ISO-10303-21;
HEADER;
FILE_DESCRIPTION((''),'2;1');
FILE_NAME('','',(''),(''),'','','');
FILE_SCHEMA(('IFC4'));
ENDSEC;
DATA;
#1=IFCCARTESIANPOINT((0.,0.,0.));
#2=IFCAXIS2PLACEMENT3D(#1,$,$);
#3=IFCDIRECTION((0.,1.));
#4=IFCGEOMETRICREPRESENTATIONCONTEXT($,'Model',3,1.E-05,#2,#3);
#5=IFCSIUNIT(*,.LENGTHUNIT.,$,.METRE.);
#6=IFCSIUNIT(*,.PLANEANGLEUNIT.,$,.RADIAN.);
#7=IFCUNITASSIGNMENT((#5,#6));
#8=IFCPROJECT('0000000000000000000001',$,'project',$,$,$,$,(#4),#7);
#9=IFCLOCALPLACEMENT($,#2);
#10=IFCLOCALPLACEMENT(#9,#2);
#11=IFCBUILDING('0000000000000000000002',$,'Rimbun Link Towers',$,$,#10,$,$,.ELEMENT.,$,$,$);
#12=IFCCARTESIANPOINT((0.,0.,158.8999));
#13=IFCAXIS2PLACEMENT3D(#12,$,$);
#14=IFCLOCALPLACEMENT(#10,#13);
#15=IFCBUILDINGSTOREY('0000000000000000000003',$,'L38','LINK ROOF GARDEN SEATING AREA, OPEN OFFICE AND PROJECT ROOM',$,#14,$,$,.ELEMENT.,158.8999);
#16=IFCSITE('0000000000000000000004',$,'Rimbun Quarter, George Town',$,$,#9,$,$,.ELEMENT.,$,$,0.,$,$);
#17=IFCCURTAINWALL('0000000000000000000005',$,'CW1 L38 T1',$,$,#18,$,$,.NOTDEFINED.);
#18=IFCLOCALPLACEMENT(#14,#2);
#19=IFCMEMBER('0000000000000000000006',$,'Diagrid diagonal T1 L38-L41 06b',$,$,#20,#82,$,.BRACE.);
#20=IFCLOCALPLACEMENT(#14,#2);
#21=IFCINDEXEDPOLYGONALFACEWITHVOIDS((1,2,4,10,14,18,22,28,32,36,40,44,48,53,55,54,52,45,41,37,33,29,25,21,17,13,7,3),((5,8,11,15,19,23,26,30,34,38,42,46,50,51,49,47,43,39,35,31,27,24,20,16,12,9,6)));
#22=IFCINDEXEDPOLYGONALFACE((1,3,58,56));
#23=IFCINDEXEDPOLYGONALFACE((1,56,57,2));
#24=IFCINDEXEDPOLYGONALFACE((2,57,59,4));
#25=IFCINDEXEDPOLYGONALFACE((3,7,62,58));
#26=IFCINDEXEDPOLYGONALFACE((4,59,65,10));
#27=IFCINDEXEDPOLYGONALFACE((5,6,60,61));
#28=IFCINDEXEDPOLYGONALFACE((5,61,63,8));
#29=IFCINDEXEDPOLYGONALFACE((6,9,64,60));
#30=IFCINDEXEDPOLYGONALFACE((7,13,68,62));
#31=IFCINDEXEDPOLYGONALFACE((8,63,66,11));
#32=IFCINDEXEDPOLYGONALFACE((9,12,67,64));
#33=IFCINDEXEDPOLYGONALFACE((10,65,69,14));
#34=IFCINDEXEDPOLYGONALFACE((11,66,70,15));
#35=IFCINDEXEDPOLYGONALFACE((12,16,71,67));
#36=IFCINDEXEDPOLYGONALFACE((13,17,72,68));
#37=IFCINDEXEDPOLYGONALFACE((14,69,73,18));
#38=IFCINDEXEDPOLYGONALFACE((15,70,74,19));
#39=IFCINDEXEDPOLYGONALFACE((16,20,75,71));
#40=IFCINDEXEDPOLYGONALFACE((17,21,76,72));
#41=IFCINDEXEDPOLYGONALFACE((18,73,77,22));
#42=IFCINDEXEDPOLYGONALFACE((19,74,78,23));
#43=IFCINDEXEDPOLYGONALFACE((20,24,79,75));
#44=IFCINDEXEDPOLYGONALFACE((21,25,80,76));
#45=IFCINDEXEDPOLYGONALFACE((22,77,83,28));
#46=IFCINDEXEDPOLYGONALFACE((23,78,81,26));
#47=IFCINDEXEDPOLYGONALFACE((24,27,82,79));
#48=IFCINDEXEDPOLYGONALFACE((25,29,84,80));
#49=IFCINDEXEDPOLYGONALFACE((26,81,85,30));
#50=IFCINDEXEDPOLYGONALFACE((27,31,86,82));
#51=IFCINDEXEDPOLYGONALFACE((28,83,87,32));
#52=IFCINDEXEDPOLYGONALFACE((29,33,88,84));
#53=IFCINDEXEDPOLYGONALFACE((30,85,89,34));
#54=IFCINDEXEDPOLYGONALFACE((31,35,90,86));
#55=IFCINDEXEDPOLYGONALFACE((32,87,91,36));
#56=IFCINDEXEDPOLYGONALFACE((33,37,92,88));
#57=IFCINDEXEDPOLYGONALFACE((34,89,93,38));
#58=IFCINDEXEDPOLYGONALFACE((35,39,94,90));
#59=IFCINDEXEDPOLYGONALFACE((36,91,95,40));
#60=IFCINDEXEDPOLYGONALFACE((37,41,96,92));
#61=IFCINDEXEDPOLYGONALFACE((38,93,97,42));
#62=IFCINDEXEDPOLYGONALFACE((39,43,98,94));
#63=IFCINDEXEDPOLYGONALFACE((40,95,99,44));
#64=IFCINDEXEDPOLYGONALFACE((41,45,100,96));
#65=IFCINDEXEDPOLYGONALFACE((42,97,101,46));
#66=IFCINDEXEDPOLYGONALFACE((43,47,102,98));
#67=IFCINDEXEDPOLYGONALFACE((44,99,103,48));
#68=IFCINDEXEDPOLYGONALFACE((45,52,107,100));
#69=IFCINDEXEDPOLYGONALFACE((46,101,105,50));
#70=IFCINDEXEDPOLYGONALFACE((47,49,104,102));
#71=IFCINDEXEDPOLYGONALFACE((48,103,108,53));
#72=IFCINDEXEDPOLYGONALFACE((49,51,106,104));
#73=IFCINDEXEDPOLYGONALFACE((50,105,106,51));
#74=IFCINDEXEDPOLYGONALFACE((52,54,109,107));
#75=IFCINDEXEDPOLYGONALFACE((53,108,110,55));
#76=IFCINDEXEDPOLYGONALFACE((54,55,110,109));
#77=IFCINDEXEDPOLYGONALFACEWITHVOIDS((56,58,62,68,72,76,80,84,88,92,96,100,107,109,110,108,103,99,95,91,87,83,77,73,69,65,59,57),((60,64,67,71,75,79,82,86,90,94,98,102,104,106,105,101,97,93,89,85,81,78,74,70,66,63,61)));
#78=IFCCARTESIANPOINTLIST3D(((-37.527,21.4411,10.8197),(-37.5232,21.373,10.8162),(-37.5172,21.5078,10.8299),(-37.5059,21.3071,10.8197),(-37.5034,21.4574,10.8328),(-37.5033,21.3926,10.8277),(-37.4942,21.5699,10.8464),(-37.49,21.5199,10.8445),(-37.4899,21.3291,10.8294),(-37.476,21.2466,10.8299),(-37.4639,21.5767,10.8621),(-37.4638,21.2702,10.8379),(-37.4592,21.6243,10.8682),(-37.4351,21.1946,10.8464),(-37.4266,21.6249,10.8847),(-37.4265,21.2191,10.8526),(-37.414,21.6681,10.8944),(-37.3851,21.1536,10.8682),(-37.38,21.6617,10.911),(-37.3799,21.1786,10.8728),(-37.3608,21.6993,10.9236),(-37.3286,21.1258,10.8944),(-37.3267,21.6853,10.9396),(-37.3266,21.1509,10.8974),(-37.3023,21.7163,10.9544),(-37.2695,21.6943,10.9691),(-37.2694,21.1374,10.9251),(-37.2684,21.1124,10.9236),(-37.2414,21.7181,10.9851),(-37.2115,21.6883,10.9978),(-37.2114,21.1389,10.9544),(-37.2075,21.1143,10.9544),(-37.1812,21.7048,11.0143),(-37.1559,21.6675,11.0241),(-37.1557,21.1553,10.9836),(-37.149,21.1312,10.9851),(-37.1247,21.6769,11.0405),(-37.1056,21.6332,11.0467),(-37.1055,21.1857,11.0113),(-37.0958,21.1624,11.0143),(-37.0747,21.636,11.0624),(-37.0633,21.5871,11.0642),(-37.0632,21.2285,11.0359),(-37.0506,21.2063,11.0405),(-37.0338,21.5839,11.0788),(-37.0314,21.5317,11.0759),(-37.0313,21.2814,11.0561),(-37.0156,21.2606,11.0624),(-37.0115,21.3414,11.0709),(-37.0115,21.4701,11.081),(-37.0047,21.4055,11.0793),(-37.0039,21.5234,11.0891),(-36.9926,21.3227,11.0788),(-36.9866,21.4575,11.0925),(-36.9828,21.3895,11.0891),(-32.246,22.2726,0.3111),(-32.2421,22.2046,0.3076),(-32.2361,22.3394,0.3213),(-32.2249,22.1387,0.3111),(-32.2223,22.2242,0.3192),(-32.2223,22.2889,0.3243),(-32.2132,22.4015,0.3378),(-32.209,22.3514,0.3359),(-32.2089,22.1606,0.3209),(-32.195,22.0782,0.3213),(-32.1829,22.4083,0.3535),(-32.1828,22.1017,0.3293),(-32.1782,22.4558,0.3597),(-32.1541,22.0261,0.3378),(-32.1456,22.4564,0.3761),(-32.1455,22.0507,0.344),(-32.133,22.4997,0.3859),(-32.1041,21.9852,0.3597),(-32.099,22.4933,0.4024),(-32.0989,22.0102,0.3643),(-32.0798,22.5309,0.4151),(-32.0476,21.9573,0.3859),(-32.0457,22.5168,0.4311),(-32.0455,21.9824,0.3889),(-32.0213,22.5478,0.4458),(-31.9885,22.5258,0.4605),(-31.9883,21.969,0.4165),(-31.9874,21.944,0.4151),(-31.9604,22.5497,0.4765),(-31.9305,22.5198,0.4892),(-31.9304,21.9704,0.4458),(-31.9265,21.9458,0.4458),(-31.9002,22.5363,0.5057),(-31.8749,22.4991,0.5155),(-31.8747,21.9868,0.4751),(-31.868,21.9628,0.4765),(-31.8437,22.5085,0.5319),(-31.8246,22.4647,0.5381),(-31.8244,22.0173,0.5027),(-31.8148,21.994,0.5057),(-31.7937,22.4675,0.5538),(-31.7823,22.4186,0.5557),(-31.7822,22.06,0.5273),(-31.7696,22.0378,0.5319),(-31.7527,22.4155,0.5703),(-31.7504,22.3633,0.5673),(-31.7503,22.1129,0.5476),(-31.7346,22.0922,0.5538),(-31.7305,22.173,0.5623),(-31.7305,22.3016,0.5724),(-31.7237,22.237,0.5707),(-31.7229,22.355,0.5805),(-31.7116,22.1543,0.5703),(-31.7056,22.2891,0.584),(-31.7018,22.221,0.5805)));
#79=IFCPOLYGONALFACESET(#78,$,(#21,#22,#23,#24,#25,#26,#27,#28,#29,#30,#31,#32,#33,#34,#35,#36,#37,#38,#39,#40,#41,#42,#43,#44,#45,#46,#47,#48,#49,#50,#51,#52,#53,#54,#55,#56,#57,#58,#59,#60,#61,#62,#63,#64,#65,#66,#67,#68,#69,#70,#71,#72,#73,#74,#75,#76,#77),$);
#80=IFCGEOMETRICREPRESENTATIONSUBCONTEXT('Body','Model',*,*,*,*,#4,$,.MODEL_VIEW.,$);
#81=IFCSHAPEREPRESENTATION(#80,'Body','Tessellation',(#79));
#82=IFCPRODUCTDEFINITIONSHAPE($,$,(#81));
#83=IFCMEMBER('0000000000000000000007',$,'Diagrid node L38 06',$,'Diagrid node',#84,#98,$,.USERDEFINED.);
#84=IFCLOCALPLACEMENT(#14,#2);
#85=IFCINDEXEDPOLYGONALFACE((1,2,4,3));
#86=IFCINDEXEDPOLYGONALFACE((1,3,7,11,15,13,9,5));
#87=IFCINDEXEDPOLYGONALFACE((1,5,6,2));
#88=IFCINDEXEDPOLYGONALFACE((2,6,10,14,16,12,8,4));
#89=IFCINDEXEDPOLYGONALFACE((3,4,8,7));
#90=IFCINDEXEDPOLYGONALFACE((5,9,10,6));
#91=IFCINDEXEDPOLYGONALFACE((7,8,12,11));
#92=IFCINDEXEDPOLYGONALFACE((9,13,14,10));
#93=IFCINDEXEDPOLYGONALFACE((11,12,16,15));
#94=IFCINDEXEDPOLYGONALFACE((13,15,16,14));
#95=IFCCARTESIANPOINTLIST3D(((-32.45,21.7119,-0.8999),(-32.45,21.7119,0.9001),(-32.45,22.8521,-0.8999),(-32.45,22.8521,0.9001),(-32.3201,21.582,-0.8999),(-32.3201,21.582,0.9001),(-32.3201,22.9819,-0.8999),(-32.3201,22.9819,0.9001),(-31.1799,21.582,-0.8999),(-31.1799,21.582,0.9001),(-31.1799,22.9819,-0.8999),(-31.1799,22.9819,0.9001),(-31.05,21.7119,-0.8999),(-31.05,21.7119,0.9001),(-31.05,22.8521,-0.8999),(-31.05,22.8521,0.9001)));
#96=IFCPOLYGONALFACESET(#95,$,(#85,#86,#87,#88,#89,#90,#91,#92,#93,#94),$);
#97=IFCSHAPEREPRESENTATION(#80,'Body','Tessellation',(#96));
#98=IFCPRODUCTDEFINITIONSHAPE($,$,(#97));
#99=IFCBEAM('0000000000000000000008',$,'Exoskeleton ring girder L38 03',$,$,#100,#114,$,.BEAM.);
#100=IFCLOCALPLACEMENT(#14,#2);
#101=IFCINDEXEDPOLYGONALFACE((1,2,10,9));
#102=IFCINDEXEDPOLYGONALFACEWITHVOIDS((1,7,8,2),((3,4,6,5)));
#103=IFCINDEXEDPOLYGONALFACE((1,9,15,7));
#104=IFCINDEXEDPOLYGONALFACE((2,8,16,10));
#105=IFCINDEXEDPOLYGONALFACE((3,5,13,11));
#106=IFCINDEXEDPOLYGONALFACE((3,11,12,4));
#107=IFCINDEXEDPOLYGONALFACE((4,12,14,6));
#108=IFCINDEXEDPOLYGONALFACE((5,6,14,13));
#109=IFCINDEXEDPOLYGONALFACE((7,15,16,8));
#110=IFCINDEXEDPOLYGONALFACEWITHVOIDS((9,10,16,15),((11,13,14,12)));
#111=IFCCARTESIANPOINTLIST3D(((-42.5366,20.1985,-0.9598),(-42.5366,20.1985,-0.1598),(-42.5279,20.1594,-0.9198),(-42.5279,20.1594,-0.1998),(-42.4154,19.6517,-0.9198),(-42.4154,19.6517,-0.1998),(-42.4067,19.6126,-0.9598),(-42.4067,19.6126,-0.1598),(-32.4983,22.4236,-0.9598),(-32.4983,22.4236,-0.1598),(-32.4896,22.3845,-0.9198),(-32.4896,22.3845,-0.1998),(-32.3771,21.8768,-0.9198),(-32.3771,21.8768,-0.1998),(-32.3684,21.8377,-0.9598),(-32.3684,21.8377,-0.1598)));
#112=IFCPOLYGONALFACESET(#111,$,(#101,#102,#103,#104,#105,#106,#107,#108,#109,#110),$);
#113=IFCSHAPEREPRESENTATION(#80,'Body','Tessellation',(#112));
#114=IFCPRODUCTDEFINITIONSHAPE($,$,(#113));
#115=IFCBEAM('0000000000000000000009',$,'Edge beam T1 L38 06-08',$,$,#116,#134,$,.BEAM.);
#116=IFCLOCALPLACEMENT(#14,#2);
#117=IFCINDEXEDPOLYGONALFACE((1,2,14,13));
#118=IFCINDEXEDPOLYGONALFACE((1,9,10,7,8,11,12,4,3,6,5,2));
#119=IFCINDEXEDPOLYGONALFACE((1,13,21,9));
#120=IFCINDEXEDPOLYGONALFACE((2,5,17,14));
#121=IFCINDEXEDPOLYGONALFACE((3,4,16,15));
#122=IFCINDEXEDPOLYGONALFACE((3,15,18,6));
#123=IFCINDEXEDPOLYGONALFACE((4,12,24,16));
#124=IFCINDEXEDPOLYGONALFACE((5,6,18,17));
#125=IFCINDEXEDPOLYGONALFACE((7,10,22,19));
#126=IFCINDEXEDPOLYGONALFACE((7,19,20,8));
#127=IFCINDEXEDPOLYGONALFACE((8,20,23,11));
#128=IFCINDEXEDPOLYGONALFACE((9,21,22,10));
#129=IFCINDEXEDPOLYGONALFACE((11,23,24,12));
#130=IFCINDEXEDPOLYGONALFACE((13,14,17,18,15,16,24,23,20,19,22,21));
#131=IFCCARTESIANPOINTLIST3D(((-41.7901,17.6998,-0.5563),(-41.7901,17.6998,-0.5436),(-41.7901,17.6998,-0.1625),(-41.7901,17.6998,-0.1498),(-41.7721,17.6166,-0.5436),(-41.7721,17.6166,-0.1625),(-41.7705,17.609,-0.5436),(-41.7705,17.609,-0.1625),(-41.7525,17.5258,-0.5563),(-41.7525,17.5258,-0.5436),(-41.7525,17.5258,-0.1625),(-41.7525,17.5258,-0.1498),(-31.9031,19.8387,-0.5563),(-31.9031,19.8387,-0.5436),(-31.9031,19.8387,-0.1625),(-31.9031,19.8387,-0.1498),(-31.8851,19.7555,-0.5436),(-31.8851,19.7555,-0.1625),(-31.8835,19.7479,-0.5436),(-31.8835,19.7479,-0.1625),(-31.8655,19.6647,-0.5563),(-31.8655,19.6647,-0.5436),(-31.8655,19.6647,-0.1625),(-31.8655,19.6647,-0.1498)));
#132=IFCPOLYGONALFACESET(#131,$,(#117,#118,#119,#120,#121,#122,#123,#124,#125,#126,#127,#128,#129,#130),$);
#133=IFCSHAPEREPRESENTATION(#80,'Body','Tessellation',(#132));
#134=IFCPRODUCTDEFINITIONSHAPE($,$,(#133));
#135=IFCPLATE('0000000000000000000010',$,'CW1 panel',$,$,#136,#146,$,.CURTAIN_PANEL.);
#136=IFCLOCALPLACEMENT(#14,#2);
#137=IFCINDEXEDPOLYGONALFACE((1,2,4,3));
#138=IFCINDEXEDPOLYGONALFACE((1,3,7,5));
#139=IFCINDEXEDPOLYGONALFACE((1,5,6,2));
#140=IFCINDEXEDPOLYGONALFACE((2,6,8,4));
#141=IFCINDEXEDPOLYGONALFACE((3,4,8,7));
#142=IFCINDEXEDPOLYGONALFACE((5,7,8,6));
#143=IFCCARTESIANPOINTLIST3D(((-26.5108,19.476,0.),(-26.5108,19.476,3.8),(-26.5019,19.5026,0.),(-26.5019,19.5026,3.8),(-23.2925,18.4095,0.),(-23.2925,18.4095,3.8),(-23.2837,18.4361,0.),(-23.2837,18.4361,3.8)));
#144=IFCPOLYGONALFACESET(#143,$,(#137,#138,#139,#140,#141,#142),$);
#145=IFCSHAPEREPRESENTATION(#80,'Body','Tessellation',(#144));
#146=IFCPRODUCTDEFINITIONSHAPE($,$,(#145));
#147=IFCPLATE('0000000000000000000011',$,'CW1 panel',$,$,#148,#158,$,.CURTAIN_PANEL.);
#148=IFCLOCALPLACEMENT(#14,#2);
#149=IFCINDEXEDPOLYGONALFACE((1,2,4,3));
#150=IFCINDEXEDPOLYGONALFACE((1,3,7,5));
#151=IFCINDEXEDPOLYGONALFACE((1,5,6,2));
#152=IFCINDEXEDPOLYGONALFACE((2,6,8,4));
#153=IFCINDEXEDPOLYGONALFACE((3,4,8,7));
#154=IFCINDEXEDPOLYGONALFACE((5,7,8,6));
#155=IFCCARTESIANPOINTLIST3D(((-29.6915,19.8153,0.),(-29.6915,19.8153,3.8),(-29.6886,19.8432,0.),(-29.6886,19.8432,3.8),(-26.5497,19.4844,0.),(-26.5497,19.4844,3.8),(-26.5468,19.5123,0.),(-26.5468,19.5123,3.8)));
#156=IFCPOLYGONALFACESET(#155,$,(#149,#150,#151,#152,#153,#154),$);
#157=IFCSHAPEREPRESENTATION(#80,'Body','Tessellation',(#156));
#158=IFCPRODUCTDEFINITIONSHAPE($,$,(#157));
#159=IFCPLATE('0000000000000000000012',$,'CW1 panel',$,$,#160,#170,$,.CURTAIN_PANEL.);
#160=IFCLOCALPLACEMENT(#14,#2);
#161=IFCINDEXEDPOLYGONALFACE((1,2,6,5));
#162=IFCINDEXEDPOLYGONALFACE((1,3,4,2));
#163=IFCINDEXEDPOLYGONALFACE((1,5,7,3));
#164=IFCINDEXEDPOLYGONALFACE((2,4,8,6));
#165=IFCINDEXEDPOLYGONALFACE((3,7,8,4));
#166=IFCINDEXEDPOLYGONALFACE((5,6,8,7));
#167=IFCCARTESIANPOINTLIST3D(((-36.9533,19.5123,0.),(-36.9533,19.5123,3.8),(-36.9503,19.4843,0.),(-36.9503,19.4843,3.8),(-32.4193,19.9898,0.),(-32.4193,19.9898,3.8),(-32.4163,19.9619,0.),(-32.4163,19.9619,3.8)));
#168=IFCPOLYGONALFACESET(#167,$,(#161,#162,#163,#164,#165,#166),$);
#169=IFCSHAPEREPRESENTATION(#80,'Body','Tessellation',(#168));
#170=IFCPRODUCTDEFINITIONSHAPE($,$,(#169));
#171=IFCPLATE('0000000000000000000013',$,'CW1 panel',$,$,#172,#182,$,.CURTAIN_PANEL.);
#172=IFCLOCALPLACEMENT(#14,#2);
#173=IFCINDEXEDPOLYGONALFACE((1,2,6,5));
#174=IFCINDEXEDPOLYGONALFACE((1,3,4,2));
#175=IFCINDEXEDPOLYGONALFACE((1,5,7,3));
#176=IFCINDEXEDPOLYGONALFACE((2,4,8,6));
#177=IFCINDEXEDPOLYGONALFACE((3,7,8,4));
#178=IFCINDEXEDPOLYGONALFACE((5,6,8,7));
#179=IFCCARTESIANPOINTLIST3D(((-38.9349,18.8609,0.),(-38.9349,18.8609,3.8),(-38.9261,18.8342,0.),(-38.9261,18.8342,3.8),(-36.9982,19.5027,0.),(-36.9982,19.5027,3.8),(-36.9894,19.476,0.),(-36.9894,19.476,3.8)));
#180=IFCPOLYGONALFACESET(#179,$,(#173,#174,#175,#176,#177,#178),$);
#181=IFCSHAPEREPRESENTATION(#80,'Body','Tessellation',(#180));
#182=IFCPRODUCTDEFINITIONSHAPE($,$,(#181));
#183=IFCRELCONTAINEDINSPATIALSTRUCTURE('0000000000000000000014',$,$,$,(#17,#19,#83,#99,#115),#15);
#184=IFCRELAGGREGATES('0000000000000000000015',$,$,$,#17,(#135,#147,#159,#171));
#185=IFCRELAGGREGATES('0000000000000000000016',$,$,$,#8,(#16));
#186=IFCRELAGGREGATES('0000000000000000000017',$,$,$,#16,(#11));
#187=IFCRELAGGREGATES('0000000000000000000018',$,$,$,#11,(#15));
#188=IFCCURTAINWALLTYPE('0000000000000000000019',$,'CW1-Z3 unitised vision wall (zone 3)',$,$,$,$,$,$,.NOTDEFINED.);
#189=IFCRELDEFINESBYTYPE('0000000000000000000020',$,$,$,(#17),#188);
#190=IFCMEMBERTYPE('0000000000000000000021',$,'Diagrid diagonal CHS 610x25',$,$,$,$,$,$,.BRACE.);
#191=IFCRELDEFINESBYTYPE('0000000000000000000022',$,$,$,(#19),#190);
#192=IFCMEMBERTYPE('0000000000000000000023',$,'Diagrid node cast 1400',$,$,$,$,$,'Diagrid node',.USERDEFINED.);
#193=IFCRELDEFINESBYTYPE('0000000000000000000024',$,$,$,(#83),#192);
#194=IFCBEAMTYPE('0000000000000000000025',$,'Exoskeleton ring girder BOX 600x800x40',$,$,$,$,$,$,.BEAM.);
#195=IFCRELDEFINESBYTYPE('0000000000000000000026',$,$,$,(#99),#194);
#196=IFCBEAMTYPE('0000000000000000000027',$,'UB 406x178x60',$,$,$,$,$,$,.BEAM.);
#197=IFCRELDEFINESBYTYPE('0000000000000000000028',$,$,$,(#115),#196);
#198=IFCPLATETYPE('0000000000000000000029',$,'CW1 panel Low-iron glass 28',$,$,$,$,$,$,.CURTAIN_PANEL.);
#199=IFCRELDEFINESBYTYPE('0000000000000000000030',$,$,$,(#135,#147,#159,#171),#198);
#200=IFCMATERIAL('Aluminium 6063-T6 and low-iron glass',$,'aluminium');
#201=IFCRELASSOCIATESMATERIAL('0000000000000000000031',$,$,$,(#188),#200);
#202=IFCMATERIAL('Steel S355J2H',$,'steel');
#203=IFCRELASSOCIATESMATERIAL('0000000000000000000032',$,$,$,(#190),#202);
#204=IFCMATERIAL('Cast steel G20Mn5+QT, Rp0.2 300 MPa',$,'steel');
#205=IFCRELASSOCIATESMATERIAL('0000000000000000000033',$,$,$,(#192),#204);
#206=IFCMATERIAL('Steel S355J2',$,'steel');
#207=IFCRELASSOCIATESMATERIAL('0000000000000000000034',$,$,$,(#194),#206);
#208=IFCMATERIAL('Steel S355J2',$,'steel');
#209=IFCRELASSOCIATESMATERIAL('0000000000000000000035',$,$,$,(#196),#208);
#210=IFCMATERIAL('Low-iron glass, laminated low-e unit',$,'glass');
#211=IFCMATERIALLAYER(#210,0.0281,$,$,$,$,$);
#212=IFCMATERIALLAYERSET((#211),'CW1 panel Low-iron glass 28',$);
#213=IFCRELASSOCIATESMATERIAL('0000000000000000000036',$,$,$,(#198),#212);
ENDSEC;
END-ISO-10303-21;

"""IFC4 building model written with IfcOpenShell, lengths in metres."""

from ifc_helpers import new_model, si_unit, direction, frame, origin, origin_2d, place, context, subcontext, project, spatial, polyline, rectangle, hollow_rectangle, hollow_circle, i_section, outline, extrude, material, layer, layer_set, material_profile, profile_set, type_object, element, aggregate, save


model = new_model("IFC4")

# Units and contexts
model_context = context("Model", 3, precision=1e-05, world=origin(), true_north=direction((0.0, 1.0)))
body_context = subcontext(model_context, "Body", "Model", "MODEL_VIEW")
ifc_project = project(units=[si_unit("LENGTHUNIT", "METRE"), si_unit("PLANEANGLEUNIT", "RADIAN")], contexts=[model_context])

# Site, building, storey
site_placement = place(None, origin())
site = spatial("IfcSite", under=ifc_project, at=site_placement, Name="Rimbun Quarter, George Town", CompositionType="ELEMENT", RefElevation=0.0)
building_placement = place(site_placement, origin())
building = spatial("IfcBuilding", under=site, at=building_placement, Name="Rimbun Link Towers", CompositionType="ELEMENT")
storey_placement = place(building_placement, frame((0.0, 0.0, 158.8999)))
storey = spatial("IfcBuildingStorey", under=building, at=storey_placement, Name="L38", Description="LINK ROOF GARDEN SEATING AREA, OPEN OFFICE AND PROJECT ROOM", CompositionType="ELEMENT", Elevation=158.8999)

# Curtain wall
ifc_material_1 = material(Name="Aluminium 6063-T6 and low-iron glass", Category="aluminium")
curtain_wall_type = type_object("IfcCurtainWallType", Name="CW1-Z3 unitised vision wall (zone 3)", PredefinedType="NOTDEFINED", material=ifc_material_1)
curtain_wall_placement = place(storey_placement, origin())
curtain_wall = element("IfcCurtainWall", 1, at=curtain_wall_placement, inside=storey, type_object=curtain_wall_type, Name="CW1 L38 T1", PredefinedType="NOTDEFINED")

# Members
ifc_material_2 = material(Name="Steel S355J2H", Category="steel")
ifc_material_profile_1 = material_profile(ifc_material_2, hollow_circle(Radius=0.3047, WallThickness=0.0249, at=origin_2d()), Name="Diagrid diagonal CHS 610x25")
ifc_profile_set_1 = profile_set([ifc_material_profile_1], Name="Steel S355J2H")
member_type_1 = type_object("IfcMemberType", Name="Diagrid diagonal CHS 610x25", PredefinedType="BRACE", material=ifc_profile_set_1)
for number, where, z_axis, x_axis, name in (
    (2, (-31.9739, 22.2468, 0.4458), (-0.447913, -0.070528, 0.891291), (0.155543, -0.987829, 0.0), "Diagrid diagonal T1 L38-L41 06b"),
):
    element("IfcMember", number, at=place(storey_placement, frame(where, z_axis=z_axis, x_axis=x_axis)), inside=storey, type_object=member_type_1, Name=name, PredefinedType="BRACE", context=body_context, shape_type="SweptSolid", body=[
        extrude(hollow_circle(Radius=0.3047, WallThickness=0.0249, at=origin_2d()), origin(), (0.0, 0.0, 1.0), 11.7903),
    ])
ifc_material_3 = material(Name="Cast steel G20Mn5+QT, Rp0.2 300 MPa", Category="steel")
ifc_material_profile_2 = material_profile(ifc_material_3, outline(polyline([(0.7, -0.5701), (0.7, 0.5701), (0.5701, 0.7), (-0.5701, 0.7), (-0.7, 0.5701), (-0.7, -0.5701), (-0.5701, -0.7), (0.5701, -0.7), (0.7, -0.5701)])), Name="NODE 1400x1400")
ifc_profile_set_2 = profile_set([ifc_material_profile_2], Name="Cast steel G20Mn5+QT, Rp0.2 300 MPa")
member_type_2 = type_object("IfcMemberType", Name="Diagrid node cast 1400", ElementType="Diagrid node", PredefinedType="USERDEFINED", material=ifc_profile_set_2)
member_1_placement = place(storey_placement, frame((-31.75, 22.282, -0.8999), z_axis=(0.0, 0.0, 1.0), x_axis=(0.0, 1.0, 0.0)))
element("IfcMember", 3, at=member_1_placement, inside=storey, type_object=member_type_2, Name="Diagrid node L38 06", ObjectType="Diagrid node", PredefinedType="USERDEFINED", context=body_context, shape_type="SweptSolid", body=[
    extrude(outline(polyline([(0.7, -0.5701), (0.7, 0.5701), (0.5701, 0.7), (-0.5701, 0.7), (-0.7, 0.5701), (-0.7, -0.5701), (-0.5701, -0.7), (0.5701, -0.7), (0.7, -0.5701)])), origin(), (0.0, 0.0, 1.0), 1.8),
])

# Beams
ifc_material_4 = material(Name="Steel S355J2", Category="steel")
ifc_material_profile_3 = material_profile(ifc_material_4, hollow_rectangle(XDim=0.6001, YDim=0.8, WallThickness=0.04, at=origin_2d()), Name="Exoskeleton ring girder BOX 600x800x40")
ifc_profile_set_3 = profile_set([ifc_material_profile_3], Name="Steel S355J2")
beam_type_1 = type_object("IfcBeamType", Name="Exoskeleton ring girder BOX 600x800x40", PredefinedType="BEAM", material=ifc_profile_set_3)
beam_1_placement = place(storey_placement, frame((-32.4333, 22.1306, -0.5598), z_axis=(-0.976303, -0.216407, 0.0), x_axis=(0.216407, -0.976303, 0.0)))
element("IfcBeam", 4, at=beam_1_placement, inside=storey, type_object=beam_type_1, Name="Exoskeleton ring girder L38 03", PredefinedType="BEAM", context=body_context, shape_type="SweptSolid", body=[
    extrude(hollow_rectangle(XDim=0.6001, YDim=0.8, WallThickness=0.04, at=origin_2d()), origin(), (0.0, 0.0, 1.0), 10.282),
])
ifc_material_5 = material(Name="Steel S355J2", Category="steel")
ifc_material_profile_4 = material_profile(ifc_material_5, i_section(OverallWidth=0.178, OverallDepth=0.4065, WebThickness=0.0078, FlangeThickness=0.0127, at=origin_2d()), Name="UB 406x178x60")
ifc_profile_set_4 = profile_set([ifc_material_profile_4], Name="Steel S355J2")
beam_type_2 = type_object("IfcBeamType", Name="UB 406x178x60", PredefinedType="BEAM", material=ifc_profile_set_4)
beam_2_placement = place(storey_placement, frame((-31.8843, 19.7517, -0.353), z_axis=(-0.97739, -0.211446, 0.0), x_axis=(0.211446, -0.97739, 0.0)))
element("IfcBeam", 5, at=beam_2_placement, inside=storey, type_object=beam_type_2, Name="Edge beam T1 L38 06-08", PredefinedType="BEAM", context=body_context, shape_type="SweptSolid", body=[
    extrude(i_section(OverallWidth=0.178, OverallDepth=0.4065, WebThickness=0.0078, FlangeThickness=0.0127, at=origin_2d()), origin(), (0.0, 0.0, 1.0), 10.1157),
])

# Plates
ifc_material_6 = material(Name="Low-iron glass, laminated low-e unit", Category="glass")
ifc_layer_1 = layer(ifc_material_6, 0.0281)
ifc_layer_set_1 = layer_set([ifc_layer_1], Name="CW1 panel Low-iron glass 28")
plate_type = type_object("IfcPlateType", Name="CW1 panel Low-iron glass 28", PredefinedType="CURTAIN_PANEL", material=ifc_layer_set_1)
plate_1_placement = place(storey_placement, frame((-24.8972, 18.9561, 0.0), z_axis=(0.0, 0.0, 1.0), x_axis=(0.949239, -0.314556, 0.0)))
plate_1 = element("IfcPlate", 6, at=plate_1_placement, type_object=plate_type, Name="CW1 panel", PredefinedType="CURTAIN_PANEL", context=body_context, shape_type="SweptSolid", body=[
    extrude(rectangle(XDim=3.3904, YDim=0.0281, at=origin_2d()), origin(), (0.0, 0.0, 1.0), 3.8),
])
plate_2_placement = place(storey_placement, frame((-28.1191, 19.6638, 0.0), z_axis=(0.0, 0.0, 1.0), x_axis=(0.9945, -0.10474, 0.0)))
plate_2 = element("IfcPlate", 7, at=plate_2_placement, type_object=plate_type, Name="CW1 panel", PredefinedType="CURTAIN_PANEL", context=body_context, shape_type="SweptSolid", body=[
    extrude(rectangle(XDim=3.1592, YDim=0.0281, at=origin_2d()), origin(), (0.0, 0.0, 1.0), 3.8),
])
plate_3_placement = place(storey_placement, frame((-34.6848, 19.7371, 0.0), z_axis=(0.0, 0.0, 1.0), x_axis=(0.9945, 0.10474, 0.0)))
plate_3 = element("IfcPlate", 8, at=plate_3_placement, type_object=plate_type, Name="CW1 panel", PredefinedType="CURTAIN_PANEL", context=body_context, shape_type="SweptSolid", body=[
    extrude(rectangle(XDim=4.5591, YDim=0.0281, at=origin_2d()), origin(), (0.0, 0.0, 1.0), 3.8),
])
plate_4_placement = place(storey_placement, frame((-37.9622, 19.1685, 0.0), z_axis=(0.0, 0.0, 1.0), x_axis=(0.949239, 0.314556, 0.0)))
plate_4 = element("IfcPlate", 9, at=plate_4_placement, type_object=plate_type, Name="CW1 panel", PredefinedType="CURTAIN_PANEL", context=body_context, shape_type="SweptSolid", body=[
    extrude(rectangle(XDim=2.0403, YDim=0.0281, at=origin_2d()), origin(), (0.0, 0.0, 1.0), 3.8),
])
aggregate(curtain_wall, [plate_1, plate_2, plate_3, plate_4])

save(model, "model.ifc")
